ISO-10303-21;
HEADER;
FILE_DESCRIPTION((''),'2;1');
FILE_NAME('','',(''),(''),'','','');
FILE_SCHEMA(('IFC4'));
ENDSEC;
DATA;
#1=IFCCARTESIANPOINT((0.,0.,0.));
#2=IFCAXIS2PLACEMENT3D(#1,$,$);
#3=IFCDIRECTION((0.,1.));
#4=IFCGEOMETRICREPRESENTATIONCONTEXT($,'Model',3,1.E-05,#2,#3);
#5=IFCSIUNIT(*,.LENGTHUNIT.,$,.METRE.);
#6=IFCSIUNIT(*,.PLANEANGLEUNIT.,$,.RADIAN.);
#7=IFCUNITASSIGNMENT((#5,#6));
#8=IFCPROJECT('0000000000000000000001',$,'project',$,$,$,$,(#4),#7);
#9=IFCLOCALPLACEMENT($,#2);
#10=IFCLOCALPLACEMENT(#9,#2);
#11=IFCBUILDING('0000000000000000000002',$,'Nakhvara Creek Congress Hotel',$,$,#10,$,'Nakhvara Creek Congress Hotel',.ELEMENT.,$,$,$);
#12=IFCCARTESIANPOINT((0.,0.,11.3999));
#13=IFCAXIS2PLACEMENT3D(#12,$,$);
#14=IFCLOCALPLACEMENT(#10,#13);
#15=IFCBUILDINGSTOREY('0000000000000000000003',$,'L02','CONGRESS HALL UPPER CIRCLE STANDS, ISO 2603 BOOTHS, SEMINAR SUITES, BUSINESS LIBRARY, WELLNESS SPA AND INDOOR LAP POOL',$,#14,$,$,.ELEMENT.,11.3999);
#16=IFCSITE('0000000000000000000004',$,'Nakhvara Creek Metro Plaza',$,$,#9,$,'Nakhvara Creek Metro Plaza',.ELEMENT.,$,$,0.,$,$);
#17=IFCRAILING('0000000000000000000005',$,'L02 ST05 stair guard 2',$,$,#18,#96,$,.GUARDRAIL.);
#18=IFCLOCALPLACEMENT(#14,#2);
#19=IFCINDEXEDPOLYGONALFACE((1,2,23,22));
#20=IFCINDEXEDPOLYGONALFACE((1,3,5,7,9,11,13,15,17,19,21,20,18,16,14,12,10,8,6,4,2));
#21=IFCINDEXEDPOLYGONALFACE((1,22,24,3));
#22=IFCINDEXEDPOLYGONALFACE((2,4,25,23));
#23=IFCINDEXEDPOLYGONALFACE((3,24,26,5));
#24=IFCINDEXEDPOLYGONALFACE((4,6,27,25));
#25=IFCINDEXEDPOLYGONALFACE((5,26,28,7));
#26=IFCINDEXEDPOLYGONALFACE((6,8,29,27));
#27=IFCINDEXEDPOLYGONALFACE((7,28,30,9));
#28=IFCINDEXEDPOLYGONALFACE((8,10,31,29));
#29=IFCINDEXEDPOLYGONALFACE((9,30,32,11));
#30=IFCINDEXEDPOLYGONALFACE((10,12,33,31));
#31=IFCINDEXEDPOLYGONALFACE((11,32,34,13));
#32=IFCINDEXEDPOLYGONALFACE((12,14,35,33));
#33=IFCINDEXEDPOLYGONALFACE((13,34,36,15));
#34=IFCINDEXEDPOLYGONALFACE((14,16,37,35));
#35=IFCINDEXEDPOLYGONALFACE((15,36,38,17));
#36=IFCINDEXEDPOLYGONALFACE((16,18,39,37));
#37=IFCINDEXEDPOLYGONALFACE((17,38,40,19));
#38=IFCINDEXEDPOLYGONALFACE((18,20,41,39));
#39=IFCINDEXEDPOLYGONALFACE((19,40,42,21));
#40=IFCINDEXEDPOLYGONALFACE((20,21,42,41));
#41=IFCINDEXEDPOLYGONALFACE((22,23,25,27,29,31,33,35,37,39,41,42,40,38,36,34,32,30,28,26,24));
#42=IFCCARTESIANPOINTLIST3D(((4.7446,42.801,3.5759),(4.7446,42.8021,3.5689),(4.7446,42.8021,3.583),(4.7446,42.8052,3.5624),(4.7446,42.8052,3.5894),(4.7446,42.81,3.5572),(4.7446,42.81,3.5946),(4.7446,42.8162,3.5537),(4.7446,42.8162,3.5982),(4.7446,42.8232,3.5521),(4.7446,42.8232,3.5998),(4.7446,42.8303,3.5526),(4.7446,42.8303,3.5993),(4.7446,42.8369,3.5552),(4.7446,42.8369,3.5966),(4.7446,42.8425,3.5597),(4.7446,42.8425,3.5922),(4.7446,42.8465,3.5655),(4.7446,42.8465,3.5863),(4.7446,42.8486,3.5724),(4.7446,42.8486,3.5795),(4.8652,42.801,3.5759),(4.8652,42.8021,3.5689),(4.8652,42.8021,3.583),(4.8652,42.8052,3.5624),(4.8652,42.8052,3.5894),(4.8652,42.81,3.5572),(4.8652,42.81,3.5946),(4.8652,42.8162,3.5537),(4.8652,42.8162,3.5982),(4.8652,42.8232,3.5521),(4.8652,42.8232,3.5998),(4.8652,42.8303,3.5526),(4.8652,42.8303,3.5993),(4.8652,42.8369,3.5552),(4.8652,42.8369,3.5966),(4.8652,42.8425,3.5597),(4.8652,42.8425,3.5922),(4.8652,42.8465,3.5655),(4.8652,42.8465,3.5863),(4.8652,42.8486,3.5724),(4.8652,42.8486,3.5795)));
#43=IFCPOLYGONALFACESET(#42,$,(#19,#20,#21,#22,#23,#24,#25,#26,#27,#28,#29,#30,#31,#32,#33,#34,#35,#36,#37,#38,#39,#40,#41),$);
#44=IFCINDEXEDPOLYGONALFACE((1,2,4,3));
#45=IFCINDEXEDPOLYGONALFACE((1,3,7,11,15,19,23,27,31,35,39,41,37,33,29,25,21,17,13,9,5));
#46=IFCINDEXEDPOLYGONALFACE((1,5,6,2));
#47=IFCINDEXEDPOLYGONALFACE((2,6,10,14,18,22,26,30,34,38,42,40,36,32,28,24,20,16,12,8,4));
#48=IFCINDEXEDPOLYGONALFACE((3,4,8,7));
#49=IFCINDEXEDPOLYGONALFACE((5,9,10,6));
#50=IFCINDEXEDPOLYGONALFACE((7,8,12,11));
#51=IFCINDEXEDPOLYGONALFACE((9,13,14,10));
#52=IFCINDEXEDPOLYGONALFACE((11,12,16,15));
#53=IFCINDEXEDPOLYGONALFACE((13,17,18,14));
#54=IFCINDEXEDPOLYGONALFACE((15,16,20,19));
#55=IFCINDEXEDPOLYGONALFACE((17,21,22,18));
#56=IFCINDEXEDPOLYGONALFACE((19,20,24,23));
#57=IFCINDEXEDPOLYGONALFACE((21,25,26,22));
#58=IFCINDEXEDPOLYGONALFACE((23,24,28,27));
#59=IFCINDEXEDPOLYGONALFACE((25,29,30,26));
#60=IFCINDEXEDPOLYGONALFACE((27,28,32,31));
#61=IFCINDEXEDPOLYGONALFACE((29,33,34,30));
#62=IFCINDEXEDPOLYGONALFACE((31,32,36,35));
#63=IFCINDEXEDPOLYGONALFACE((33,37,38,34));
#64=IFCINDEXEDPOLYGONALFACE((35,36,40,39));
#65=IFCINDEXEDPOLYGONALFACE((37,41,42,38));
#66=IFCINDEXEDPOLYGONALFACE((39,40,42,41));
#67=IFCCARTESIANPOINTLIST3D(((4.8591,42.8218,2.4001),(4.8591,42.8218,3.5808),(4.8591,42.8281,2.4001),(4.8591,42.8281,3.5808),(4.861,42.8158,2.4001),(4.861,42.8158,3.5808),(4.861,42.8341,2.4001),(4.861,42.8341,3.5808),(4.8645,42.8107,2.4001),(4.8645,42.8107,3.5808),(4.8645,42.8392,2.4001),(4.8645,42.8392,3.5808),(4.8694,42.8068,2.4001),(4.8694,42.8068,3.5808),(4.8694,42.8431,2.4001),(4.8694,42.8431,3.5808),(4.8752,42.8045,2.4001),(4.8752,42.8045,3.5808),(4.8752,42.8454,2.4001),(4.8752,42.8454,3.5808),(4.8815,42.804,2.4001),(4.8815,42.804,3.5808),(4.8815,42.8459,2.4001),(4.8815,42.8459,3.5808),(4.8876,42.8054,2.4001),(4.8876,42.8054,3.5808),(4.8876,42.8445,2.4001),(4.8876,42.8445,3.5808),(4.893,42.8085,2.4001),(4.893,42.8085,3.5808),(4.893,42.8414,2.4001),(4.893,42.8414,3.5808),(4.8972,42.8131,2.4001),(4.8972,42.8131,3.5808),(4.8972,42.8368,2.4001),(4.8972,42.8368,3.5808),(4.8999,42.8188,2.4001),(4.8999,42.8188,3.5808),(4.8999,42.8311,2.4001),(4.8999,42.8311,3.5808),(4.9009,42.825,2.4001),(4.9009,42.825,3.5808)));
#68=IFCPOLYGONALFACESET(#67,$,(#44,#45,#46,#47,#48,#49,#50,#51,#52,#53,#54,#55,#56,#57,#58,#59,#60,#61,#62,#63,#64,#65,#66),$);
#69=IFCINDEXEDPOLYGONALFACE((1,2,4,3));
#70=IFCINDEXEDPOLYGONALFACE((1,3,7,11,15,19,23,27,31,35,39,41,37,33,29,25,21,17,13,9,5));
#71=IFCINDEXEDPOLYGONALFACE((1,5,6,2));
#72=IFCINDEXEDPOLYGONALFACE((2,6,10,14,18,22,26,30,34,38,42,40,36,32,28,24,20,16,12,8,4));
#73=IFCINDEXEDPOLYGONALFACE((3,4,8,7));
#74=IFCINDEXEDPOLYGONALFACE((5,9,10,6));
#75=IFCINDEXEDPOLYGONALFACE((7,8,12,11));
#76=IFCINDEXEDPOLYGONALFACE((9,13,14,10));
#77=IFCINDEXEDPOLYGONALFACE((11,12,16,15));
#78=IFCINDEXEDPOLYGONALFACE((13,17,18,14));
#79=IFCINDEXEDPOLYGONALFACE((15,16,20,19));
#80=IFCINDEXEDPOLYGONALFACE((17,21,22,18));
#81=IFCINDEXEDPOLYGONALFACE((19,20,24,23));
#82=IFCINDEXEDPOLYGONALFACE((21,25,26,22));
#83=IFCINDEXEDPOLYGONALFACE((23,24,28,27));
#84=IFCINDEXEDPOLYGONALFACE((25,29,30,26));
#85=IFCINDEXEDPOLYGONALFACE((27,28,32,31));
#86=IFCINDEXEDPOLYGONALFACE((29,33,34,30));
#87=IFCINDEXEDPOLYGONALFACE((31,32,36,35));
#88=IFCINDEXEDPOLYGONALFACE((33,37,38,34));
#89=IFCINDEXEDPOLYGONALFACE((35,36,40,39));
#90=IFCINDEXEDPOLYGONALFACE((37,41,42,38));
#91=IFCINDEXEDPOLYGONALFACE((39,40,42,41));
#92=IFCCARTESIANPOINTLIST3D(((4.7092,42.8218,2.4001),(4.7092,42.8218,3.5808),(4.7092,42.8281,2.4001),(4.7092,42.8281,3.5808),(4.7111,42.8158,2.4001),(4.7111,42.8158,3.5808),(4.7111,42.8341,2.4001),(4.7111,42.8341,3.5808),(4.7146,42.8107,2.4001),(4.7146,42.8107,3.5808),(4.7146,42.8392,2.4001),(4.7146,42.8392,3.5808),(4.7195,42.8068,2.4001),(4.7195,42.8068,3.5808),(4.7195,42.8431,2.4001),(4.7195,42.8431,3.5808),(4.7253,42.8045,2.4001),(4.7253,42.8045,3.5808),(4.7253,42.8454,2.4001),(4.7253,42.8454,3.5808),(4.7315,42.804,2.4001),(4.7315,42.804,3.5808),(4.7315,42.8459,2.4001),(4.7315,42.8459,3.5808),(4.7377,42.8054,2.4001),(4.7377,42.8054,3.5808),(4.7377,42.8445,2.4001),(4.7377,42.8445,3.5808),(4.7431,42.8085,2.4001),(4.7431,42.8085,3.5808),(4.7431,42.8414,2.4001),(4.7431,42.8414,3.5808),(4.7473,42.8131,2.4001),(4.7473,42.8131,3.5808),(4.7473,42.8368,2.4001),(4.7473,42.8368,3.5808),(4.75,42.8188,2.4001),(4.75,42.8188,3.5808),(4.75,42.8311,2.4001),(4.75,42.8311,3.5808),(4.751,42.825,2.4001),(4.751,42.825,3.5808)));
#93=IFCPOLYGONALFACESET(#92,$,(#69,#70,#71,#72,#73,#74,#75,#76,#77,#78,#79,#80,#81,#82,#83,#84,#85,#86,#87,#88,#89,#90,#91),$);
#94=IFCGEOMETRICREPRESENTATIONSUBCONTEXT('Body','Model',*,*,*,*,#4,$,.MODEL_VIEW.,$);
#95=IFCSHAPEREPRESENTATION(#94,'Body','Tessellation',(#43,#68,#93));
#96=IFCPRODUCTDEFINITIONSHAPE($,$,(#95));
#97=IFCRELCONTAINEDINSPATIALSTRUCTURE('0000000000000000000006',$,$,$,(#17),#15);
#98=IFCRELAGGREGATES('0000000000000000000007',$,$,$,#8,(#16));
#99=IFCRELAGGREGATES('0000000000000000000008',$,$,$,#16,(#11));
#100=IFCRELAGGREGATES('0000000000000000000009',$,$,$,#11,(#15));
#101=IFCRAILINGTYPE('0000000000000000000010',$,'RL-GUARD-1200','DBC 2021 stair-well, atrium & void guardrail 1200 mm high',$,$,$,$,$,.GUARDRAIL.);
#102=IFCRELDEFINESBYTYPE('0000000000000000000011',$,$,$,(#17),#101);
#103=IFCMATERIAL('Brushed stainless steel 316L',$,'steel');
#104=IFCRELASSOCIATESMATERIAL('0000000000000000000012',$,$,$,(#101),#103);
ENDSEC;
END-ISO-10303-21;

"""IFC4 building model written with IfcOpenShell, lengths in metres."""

from ifc_helpers import new_model, si_unit, direction, frame, origin, origin_2d, place, context, subcontext, project, spatial, circle, extrude, material, type_object, element, save


model = new_model("IFC4")

# Units and contexts
model_context = context("Model", 3, precision=1e-05, world=origin(), true_north=direction((0.0, 1.0)))
body_context = subcontext(model_context, "Body", "Model", "MODEL_VIEW")
ifc_project = project(units=[si_unit("LENGTHUNIT", "METRE"), si_unit("PLANEANGLEUNIT", "RADIAN")], contexts=[model_context])

# Site, building, storey
site_placement = place(None, origin())
site = spatial("IfcSite", under=ifc_project, at=site_placement, Name="Nakhvara Creek Metro Plaza", LongName="Nakhvara Creek Metro Plaza", CompositionType="ELEMENT", RefElevation=0.0)
building_placement = place(site_placement, origin())
building = spatial("IfcBuilding", under=site, at=building_placement, Name="Nakhvara Creek Congress Hotel", LongName="Nakhvara Creek Congress Hotel", CompositionType="ELEMENT")
storey_placement = place(building_placement, frame((0.0, 0.0, 11.3999)))
storey = spatial("IfcBuildingStorey", under=building, at=storey_placement, Name="L02", Description="CONGRESS HALL UPPER CIRCLE STANDS, ISO 2603 BOOTHS, SEMINAR SUITES, BUSINESS LIBRARY, WELLNESS SPA AND INDOOR LAP POOL", CompositionType="ELEMENT", Elevation=11.3999)

# Railing
ifc_material_1 = material(Name="Brushed stainless steel 316L", Category="steel")
railing_type_1 = type_object("IfcRailingType", Name="RL-GUARD-1200", Description="DBC 2021 stair-well, atrium & void guardrail 1200 mm high", PredefinedType="GUARDRAIL", material=ifc_material_1)
railing_1_placement = place(storey_placement, frame((4.8799, 42.825, 2.4001)))
element("IfcRailing", 1, at=railing_1_placement, inside=storey, type_object=railing_type_1, Name="L02 ST05 stair guard 2", PredefinedType="GUARDRAIL", context=body_context, shape_type="SweptSolid", body=[
    extrude(circle(Radius=0.0239, at=origin_2d()), frame((-0.0146, 0.0, 1.1758), z_axis=(-1.0, 0.0, 0.0), x_axis=(0.0, -1.0, 0.0)), (0.0, 0.0, 1.0), 0.1206),
    extrude(circle(Radius=0.021, at=origin_2d()), origin(), (0.0, 0.0, 1.0), 1.1807),
    extrude(circle(Radius=0.021, at=origin_2d()), frame((-0.1499, 0.0, 0.0)), (0.0, 0.0, 1.0), 1.1807),
])

save(model, "model.ifc")
